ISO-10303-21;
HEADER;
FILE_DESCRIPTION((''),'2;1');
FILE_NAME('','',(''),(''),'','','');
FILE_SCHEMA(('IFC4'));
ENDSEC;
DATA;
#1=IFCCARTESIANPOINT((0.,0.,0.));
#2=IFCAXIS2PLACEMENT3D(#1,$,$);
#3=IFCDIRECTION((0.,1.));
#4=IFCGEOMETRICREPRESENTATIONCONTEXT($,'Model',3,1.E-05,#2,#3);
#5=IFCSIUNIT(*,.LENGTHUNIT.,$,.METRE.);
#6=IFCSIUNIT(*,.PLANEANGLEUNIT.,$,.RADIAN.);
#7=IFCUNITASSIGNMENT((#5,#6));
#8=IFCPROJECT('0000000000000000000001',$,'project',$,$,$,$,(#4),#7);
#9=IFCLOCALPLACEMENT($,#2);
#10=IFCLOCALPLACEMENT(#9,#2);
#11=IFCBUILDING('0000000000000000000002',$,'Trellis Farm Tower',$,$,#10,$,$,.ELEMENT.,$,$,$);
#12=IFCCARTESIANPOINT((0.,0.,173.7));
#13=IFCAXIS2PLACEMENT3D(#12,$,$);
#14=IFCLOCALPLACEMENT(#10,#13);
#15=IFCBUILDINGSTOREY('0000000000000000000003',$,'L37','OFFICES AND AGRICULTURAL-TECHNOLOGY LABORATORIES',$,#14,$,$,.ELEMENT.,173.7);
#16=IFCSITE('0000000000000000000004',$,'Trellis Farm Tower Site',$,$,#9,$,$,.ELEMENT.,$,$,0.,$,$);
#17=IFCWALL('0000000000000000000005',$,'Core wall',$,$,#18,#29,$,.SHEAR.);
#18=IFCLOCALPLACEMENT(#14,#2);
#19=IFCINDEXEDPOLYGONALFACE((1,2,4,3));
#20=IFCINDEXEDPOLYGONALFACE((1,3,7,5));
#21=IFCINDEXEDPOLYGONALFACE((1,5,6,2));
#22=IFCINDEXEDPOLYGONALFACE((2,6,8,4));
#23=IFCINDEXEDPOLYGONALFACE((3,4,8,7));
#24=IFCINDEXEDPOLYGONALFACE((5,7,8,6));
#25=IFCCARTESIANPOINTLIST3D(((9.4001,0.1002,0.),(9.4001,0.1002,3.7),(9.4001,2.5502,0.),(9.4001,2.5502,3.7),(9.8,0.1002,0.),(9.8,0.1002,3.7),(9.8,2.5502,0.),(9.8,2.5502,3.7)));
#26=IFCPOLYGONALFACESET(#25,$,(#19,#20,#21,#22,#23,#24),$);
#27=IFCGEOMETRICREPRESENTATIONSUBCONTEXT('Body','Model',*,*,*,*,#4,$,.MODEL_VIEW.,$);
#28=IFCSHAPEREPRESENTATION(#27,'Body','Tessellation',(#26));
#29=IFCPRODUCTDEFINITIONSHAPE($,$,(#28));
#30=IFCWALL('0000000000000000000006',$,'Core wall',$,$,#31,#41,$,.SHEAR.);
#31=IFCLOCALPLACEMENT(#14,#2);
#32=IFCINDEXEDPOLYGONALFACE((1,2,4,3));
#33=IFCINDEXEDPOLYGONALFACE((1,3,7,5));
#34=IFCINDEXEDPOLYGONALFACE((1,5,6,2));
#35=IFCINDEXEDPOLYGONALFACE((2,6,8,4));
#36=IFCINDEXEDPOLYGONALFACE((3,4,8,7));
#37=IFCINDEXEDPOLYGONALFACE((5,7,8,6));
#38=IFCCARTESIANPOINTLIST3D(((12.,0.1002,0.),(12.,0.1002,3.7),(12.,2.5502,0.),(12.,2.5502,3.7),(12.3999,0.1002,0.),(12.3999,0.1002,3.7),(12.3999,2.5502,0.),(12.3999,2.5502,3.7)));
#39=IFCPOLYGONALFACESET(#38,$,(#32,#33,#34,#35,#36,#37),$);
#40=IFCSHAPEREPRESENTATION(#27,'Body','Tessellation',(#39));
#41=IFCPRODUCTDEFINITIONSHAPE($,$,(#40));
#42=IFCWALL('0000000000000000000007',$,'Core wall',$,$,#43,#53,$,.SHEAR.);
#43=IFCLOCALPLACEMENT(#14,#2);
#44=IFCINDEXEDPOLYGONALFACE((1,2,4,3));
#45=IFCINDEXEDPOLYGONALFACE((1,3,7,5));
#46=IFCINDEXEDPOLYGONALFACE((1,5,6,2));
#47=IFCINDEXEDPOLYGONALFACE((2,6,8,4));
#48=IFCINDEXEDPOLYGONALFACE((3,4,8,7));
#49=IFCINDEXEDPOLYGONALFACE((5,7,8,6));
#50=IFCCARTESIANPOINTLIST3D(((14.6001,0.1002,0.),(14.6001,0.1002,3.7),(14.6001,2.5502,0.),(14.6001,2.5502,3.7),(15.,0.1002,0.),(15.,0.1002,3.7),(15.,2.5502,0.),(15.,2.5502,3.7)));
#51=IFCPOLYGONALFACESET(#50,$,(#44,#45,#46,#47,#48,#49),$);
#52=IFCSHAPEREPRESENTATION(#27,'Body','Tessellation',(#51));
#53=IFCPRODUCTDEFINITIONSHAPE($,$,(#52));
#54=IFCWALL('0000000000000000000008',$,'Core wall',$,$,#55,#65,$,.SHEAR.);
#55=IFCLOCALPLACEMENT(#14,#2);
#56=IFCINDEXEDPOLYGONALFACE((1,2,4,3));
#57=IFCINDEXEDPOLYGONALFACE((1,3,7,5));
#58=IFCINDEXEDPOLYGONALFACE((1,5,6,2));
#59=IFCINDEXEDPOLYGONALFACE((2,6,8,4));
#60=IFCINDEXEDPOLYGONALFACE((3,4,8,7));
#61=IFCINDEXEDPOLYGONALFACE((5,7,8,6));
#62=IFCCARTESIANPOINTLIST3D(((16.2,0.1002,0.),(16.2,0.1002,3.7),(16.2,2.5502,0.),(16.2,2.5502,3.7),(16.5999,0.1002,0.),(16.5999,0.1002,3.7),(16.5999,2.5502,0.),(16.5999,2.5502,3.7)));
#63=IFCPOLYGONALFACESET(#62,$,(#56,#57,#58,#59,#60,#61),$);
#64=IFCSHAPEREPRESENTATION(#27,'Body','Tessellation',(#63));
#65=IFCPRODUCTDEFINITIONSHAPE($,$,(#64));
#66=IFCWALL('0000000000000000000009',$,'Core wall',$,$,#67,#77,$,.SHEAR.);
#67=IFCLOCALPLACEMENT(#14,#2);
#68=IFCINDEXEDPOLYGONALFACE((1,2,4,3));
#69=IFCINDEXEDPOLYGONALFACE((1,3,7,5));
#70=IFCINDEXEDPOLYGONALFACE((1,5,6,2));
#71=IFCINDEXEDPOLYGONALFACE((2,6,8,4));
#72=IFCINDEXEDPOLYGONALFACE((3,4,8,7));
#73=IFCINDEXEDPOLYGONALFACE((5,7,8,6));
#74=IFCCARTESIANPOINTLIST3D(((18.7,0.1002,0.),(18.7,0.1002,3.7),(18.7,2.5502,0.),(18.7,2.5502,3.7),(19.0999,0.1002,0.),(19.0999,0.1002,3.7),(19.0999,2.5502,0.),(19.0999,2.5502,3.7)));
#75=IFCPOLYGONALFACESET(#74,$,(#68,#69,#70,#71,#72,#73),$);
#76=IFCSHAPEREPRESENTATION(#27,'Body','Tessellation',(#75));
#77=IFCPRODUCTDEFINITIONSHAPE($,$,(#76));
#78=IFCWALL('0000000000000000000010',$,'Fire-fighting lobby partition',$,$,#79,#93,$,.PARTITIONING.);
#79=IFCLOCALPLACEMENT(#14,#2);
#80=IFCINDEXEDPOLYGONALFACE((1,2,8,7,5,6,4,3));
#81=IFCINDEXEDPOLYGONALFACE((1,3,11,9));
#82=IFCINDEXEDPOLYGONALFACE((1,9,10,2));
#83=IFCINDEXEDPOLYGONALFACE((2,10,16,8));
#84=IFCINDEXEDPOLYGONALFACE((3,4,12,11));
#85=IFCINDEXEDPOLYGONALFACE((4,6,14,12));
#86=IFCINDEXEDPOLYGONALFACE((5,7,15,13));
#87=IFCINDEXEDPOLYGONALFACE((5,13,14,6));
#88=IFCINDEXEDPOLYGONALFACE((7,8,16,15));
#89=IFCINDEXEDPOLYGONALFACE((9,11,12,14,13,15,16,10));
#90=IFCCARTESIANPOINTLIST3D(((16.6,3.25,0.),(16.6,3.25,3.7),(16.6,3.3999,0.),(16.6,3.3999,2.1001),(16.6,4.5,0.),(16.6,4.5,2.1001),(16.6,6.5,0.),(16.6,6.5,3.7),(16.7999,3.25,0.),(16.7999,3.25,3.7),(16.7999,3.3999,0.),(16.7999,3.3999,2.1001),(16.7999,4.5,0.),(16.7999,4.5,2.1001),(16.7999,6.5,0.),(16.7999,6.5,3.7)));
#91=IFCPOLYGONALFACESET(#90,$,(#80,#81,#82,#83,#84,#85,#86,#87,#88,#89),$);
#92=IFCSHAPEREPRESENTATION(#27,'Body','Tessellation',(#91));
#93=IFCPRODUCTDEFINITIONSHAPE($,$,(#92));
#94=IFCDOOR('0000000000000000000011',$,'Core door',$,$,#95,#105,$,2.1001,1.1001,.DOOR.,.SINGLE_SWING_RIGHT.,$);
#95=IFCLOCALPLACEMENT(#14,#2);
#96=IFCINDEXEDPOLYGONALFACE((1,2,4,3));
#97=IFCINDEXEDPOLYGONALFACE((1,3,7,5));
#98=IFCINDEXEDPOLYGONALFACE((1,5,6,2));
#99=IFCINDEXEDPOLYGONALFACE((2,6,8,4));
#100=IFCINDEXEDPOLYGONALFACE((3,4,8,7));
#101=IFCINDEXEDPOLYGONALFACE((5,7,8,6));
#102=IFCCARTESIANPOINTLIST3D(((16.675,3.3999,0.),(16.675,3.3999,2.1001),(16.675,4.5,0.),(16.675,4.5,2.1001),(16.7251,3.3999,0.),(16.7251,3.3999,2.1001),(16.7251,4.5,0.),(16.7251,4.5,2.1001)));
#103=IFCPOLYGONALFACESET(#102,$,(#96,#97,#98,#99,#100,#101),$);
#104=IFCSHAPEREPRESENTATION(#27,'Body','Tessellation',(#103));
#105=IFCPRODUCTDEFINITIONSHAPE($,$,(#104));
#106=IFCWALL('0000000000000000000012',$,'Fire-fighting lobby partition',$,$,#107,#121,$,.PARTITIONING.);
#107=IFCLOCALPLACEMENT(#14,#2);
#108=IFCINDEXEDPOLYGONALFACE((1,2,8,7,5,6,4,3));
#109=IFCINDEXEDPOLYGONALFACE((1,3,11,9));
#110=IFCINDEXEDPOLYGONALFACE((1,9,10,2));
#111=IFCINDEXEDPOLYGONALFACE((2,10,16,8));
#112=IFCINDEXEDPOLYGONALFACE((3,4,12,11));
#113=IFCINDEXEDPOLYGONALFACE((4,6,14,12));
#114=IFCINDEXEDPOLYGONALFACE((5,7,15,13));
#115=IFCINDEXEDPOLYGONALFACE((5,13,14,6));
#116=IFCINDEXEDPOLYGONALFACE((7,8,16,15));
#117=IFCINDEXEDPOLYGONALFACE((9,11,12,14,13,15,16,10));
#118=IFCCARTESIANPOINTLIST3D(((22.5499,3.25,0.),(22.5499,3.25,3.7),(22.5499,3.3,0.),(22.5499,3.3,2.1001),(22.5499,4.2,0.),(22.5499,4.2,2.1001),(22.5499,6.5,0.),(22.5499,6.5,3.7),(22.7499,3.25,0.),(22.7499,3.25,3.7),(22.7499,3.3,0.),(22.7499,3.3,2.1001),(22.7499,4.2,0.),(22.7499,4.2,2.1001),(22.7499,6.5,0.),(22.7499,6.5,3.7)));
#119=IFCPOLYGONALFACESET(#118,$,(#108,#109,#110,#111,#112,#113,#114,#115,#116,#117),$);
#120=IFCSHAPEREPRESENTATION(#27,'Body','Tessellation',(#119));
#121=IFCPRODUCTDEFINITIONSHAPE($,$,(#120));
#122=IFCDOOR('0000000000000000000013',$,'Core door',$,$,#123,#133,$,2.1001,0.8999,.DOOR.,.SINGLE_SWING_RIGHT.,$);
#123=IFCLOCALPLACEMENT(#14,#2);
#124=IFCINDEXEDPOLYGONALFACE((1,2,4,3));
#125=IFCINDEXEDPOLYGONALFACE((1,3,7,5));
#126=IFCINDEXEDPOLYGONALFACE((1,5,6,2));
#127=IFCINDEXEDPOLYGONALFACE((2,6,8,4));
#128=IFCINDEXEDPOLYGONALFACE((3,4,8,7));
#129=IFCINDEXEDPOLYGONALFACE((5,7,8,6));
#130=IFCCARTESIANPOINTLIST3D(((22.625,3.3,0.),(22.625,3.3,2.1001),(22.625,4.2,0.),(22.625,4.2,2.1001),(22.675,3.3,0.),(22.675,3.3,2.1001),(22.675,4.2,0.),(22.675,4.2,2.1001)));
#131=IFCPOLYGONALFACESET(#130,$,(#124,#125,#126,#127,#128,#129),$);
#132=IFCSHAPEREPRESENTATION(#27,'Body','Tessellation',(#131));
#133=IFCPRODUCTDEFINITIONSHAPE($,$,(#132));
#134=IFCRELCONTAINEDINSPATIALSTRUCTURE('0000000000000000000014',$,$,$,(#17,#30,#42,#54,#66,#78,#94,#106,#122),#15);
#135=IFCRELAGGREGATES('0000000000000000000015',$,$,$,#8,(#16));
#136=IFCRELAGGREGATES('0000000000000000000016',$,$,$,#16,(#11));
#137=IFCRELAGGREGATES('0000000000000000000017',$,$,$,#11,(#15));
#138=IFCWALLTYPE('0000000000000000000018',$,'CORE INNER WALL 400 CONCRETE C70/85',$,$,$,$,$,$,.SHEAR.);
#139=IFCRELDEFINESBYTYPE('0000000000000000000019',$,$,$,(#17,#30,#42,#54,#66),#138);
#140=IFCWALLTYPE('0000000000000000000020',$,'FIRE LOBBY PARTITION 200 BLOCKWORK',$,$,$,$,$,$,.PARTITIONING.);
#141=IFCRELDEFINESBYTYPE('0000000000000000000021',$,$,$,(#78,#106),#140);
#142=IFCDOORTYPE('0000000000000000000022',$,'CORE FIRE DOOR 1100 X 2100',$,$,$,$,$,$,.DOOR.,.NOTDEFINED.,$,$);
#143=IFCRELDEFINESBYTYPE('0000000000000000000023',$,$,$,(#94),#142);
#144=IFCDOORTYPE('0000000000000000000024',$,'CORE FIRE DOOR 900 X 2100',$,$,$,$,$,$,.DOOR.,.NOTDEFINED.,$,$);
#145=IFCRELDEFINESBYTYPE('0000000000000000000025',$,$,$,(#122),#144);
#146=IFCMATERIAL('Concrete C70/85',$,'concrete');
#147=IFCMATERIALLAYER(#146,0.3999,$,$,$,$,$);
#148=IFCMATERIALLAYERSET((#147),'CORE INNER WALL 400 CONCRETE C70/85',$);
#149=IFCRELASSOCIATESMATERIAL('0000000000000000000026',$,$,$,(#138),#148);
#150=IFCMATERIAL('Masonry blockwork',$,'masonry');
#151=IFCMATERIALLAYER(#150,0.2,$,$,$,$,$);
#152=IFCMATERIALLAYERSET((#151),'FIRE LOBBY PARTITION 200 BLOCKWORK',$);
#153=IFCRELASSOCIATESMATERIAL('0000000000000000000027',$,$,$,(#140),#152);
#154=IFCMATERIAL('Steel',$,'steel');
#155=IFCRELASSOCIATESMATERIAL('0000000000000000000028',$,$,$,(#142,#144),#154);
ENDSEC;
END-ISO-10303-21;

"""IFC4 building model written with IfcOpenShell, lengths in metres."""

from ifc_helpers import new_model, si_unit, direction, frame, frame_2d, origin, place, context, subcontext, project, spatial, rectangle, extrude, source, transform, mapped, material, layer, layer_set, type_object, element, fill, save


model = new_model("IFC4")

# Units and contexts
model_context = context("Model", 3, precision=1e-05, world=origin(), true_north=direction((0.0, 1.0)))
body_context = subcontext(model_context, "Body", "Model", "MODEL_VIEW")
ifc_project = project(units=[si_unit("LENGTHUNIT", "METRE"), si_unit("PLANEANGLEUNIT", "RADIAN")], contexts=[model_context])

# Site, building, storey
site_placement = place(None, origin())
site = spatial("IfcSite", under=ifc_project, at=site_placement, Name="Trellis Farm Tower Site", CompositionType="ELEMENT", RefElevation=0.0)
building_placement = place(site_placement, origin())
building = spatial("IfcBuilding", under=site, at=building_placement, Name="Trellis Farm Tower", CompositionType="ELEMENT")
storey_placement = place(building_placement, frame((0.0, 0.0, 173.7)))
storey = spatial("IfcBuildingStorey", under=building, at=storey_placement, Name="L37", Description="OFFICES AND AGRICULTURAL-TECHNOLOGY LABORATORIES", CompositionType="ELEMENT", Elevation=173.7)

# Shared definitions
ifc_material_1 = material(Name="Concrete C70/85", Category="concrete")

# Walls
ifc_layer_1 = layer(ifc_material_1, 0.3999)
ifc_layer_set_1 = layer_set([ifc_layer_1], Name="CORE INNER WALL 400 CONCRETE C70/85")
wall_type_1 = type_object("IfcWallType", Name="CORE INNER WALL 400 CONCRETE C70/85", PredefinedType="SHEAR", material=ifc_layer_set_1)
shared_shape_1 = source(origin(), body_context, "Body", "SweptSolid", [
    extrude(rectangle(XDim=2.45, YDim=0.3999, at=frame_2d((1.2251, 0.0))), origin(), (0.0, 0.0, 1.0), 3.7),
])
for number, where, z_axis, x_axis, name in (
    (1, (9.6001, 0.1001, 0.0), (0.0, 0.0, 1.0), (0.0, 1.0, 0.0), "Core wall"),
    (2, (12.2, 0.1001, 0.0), (0.0, 0.0, 1.0), (0.0, 1.0, 0.0), "Core wall"),
    (3, (14.8, 0.1001, 0.0), (0.0, 0.0, 1.0), (0.0, 1.0, 0.0), "Core wall"),
    (4, (16.3999, 0.1001, 0.0), (0.0, 0.0, 1.0), (0.0, 1.0, 0.0), "Core wall"),
    (5, (18.8999, 0.1001, 0.0), (0.0, 0.0, 1.0), (0.0, 1.0, 0.0), "Core wall"),
):
    element("IfcWall", number, at=place(storey_placement, frame(where, z_axis=z_axis, x_axis=x_axis)), inside=storey, type_object=wall_type_1, Name=name, PredefinedType="SHEAR", context=body_context, shape_type="MappedRepresentation", body=[
        mapped(shared_shape_1, transform((0.0, 0.0, 0.0))),
    ])

# Walls, openings, doors
ifc_material_2 = material(Name="Masonry blockwork", Category="masonry")
ifc_layer_2 = layer(ifc_material_2, 0.2)
ifc_layer_set_2 = layer_set([ifc_layer_2], Name="FIRE LOBBY PARTITION 200 BLOCKWORK")
wall_type_2 = type_object("IfcWallType", Name="FIRE LOBBY PARTITION 200 BLOCKWORK", PredefinedType="PARTITIONING", material=ifc_layer_set_2)
shared_shape_2 = source(origin(), body_context, "Body", "SweptSolid", [
    extrude(rectangle(XDim=3.25, YDim=0.2, at=frame_2d((1.625, 0.0))), origin(), (0.0, 0.0, 1.0), 3.7),
])
wall_1_placement = place(storey_placement, frame((16.7, 3.25, 0.0), z_axis=(0.0, 0.0, 1.0), x_axis=(0.0, 1.0, 0.0)))
wall_1 = element("IfcWall", 6, at=wall_1_placement, inside=storey, type_object=wall_type_2, Name="Fire-fighting lobby partition", PredefinedType="PARTITIONING", context=body_context, shape_type="MappedRepresentation", body=[
    mapped(shared_shape_2, transform((0.0, 0.0, 0.0))),
])
shared_shape_3 = source(origin(), body_context, "Body", "SweptSolid", [
    extrude(rectangle(XDim=1.1001, YDim=2.1001, at=frame_2d((0.55, 1.05))), frame((0.0, 0.1101, 0.0), z_axis=(0.0, -1.0, 0.0), x_axis=(1.0, 0.0, 0.0)), (0.0, 0.0, 1.0), 0.2202),
])
opening_1_placement = place(wall_1_placement, frame((0.1499, 0.0, 0.0)))
opening_1 = element("IfcOpeningElement", 7, at=opening_1_placement, cuts=wall_1, PredefinedType="OPENING", context=body_context, shape_type="MappedRepresentation", body=[
    mapped(shared_shape_3, transform((0.0, 0.0, 0.0))),
])
ifc_material_3 = material(Name="Steel", Category="steel")
door_type_1 = type_object("IfcDoorType", Name="CORE FIRE DOOR 1100 X 2100", OperationType="NOTDEFINED", PredefinedType="DOOR", material=ifc_material_3)
shared_shape_4 = source(origin(), body_context, "Body", "SweptSolid", [
    extrude(rectangle(XDim=1.1001, YDim=2.1001, at=frame_2d((0.55, 1.05))), frame((0.0, 0.0249, 0.0), z_axis=(0.0, -1.0, 0.0), x_axis=(1.0, 0.0, 0.0)), (0.0, 0.0, 1.0), 0.05),
])
door_1_placement = place(opening_1_placement, origin())
door_1 = element("IfcDoor", 8, at=door_1_placement, inside=storey, type_object=door_type_1, Name="Core door", OperationType="SINGLE_SWING_RIGHT", OverallHeight=2.1001, OverallWidth=1.1001, PredefinedType="DOOR", context=body_context, shape_type="MappedRepresentation", body=[
    mapped(shared_shape_4, transform((0.0, 0.0, 0.0))),
])
fill(opening_1, door_1)
wall_2_placement = place(storey_placement, frame((22.6499, 3.25, 0.0), z_axis=(0.0, 0.0, 1.0), x_axis=(0.0, 1.0, 0.0)))
wall_2 = element("IfcWall", 9, at=wall_2_placement, inside=storey, type_object=wall_type_2, Name="Fire-fighting lobby partition", PredefinedType="PARTITIONING", context=body_context, shape_type="MappedRepresentation", body=[
    mapped(shared_shape_2, transform((0.0, 0.0, 0.0))),
])
shared_shape_5 = source(origin(), body_context, "Body", "SweptSolid", [
    extrude(rectangle(XDim=0.8999, YDim=2.1001, at=frame_2d((0.45, 1.05))), frame((0.0, 0.1101, 0.0), z_axis=(0.0, -1.0, 0.0), x_axis=(1.0, 0.0, 0.0)), (0.0, 0.0, 1.0), 0.2202),
])
opening_2_placement = place(wall_2_placement, frame((0.05, 0.0, 0.0)))
opening_2 = element("IfcOpeningElement", 10, at=opening_2_placement, cuts=wall_2, PredefinedType="OPENING", context=body_context, shape_type="MappedRepresentation", body=[
    mapped(shared_shape_5, transform((0.0, 0.0, 0.0))),
])
door_type_2 = type_object("IfcDoorType", Name="CORE FIRE DOOR 900 X 2100", OperationType="NOTDEFINED", PredefinedType="DOOR", material=ifc_material_3)
shared_shape_6 = source(origin(), body_context, "Body", "SweptSolid", [
    extrude(rectangle(XDim=0.8999, YDim=2.1001, at=frame_2d((0.45, 1.05))), frame((0.0, 0.0249, 0.0), z_axis=(0.0, -1.0, 0.0), x_axis=(1.0, 0.0, 0.0)), (0.0, 0.0, 1.0), 0.05),
])
door_2_placement = place(opening_2_placement, origin())
door_2 = element("IfcDoor", 11, at=door_2_placement, inside=storey, type_object=door_type_2, Name="Core door", OperationType="SINGLE_SWING_RIGHT", OverallHeight=2.1001, OverallWidth=0.8999, PredefinedType="DOOR", context=body_context, shape_type="MappedRepresentation", body=[
    mapped(shared_shape_6, transform((0.0, 0.0, 0.0))),
])
fill(opening_2, door_2)

save(model, "model.ifc")
